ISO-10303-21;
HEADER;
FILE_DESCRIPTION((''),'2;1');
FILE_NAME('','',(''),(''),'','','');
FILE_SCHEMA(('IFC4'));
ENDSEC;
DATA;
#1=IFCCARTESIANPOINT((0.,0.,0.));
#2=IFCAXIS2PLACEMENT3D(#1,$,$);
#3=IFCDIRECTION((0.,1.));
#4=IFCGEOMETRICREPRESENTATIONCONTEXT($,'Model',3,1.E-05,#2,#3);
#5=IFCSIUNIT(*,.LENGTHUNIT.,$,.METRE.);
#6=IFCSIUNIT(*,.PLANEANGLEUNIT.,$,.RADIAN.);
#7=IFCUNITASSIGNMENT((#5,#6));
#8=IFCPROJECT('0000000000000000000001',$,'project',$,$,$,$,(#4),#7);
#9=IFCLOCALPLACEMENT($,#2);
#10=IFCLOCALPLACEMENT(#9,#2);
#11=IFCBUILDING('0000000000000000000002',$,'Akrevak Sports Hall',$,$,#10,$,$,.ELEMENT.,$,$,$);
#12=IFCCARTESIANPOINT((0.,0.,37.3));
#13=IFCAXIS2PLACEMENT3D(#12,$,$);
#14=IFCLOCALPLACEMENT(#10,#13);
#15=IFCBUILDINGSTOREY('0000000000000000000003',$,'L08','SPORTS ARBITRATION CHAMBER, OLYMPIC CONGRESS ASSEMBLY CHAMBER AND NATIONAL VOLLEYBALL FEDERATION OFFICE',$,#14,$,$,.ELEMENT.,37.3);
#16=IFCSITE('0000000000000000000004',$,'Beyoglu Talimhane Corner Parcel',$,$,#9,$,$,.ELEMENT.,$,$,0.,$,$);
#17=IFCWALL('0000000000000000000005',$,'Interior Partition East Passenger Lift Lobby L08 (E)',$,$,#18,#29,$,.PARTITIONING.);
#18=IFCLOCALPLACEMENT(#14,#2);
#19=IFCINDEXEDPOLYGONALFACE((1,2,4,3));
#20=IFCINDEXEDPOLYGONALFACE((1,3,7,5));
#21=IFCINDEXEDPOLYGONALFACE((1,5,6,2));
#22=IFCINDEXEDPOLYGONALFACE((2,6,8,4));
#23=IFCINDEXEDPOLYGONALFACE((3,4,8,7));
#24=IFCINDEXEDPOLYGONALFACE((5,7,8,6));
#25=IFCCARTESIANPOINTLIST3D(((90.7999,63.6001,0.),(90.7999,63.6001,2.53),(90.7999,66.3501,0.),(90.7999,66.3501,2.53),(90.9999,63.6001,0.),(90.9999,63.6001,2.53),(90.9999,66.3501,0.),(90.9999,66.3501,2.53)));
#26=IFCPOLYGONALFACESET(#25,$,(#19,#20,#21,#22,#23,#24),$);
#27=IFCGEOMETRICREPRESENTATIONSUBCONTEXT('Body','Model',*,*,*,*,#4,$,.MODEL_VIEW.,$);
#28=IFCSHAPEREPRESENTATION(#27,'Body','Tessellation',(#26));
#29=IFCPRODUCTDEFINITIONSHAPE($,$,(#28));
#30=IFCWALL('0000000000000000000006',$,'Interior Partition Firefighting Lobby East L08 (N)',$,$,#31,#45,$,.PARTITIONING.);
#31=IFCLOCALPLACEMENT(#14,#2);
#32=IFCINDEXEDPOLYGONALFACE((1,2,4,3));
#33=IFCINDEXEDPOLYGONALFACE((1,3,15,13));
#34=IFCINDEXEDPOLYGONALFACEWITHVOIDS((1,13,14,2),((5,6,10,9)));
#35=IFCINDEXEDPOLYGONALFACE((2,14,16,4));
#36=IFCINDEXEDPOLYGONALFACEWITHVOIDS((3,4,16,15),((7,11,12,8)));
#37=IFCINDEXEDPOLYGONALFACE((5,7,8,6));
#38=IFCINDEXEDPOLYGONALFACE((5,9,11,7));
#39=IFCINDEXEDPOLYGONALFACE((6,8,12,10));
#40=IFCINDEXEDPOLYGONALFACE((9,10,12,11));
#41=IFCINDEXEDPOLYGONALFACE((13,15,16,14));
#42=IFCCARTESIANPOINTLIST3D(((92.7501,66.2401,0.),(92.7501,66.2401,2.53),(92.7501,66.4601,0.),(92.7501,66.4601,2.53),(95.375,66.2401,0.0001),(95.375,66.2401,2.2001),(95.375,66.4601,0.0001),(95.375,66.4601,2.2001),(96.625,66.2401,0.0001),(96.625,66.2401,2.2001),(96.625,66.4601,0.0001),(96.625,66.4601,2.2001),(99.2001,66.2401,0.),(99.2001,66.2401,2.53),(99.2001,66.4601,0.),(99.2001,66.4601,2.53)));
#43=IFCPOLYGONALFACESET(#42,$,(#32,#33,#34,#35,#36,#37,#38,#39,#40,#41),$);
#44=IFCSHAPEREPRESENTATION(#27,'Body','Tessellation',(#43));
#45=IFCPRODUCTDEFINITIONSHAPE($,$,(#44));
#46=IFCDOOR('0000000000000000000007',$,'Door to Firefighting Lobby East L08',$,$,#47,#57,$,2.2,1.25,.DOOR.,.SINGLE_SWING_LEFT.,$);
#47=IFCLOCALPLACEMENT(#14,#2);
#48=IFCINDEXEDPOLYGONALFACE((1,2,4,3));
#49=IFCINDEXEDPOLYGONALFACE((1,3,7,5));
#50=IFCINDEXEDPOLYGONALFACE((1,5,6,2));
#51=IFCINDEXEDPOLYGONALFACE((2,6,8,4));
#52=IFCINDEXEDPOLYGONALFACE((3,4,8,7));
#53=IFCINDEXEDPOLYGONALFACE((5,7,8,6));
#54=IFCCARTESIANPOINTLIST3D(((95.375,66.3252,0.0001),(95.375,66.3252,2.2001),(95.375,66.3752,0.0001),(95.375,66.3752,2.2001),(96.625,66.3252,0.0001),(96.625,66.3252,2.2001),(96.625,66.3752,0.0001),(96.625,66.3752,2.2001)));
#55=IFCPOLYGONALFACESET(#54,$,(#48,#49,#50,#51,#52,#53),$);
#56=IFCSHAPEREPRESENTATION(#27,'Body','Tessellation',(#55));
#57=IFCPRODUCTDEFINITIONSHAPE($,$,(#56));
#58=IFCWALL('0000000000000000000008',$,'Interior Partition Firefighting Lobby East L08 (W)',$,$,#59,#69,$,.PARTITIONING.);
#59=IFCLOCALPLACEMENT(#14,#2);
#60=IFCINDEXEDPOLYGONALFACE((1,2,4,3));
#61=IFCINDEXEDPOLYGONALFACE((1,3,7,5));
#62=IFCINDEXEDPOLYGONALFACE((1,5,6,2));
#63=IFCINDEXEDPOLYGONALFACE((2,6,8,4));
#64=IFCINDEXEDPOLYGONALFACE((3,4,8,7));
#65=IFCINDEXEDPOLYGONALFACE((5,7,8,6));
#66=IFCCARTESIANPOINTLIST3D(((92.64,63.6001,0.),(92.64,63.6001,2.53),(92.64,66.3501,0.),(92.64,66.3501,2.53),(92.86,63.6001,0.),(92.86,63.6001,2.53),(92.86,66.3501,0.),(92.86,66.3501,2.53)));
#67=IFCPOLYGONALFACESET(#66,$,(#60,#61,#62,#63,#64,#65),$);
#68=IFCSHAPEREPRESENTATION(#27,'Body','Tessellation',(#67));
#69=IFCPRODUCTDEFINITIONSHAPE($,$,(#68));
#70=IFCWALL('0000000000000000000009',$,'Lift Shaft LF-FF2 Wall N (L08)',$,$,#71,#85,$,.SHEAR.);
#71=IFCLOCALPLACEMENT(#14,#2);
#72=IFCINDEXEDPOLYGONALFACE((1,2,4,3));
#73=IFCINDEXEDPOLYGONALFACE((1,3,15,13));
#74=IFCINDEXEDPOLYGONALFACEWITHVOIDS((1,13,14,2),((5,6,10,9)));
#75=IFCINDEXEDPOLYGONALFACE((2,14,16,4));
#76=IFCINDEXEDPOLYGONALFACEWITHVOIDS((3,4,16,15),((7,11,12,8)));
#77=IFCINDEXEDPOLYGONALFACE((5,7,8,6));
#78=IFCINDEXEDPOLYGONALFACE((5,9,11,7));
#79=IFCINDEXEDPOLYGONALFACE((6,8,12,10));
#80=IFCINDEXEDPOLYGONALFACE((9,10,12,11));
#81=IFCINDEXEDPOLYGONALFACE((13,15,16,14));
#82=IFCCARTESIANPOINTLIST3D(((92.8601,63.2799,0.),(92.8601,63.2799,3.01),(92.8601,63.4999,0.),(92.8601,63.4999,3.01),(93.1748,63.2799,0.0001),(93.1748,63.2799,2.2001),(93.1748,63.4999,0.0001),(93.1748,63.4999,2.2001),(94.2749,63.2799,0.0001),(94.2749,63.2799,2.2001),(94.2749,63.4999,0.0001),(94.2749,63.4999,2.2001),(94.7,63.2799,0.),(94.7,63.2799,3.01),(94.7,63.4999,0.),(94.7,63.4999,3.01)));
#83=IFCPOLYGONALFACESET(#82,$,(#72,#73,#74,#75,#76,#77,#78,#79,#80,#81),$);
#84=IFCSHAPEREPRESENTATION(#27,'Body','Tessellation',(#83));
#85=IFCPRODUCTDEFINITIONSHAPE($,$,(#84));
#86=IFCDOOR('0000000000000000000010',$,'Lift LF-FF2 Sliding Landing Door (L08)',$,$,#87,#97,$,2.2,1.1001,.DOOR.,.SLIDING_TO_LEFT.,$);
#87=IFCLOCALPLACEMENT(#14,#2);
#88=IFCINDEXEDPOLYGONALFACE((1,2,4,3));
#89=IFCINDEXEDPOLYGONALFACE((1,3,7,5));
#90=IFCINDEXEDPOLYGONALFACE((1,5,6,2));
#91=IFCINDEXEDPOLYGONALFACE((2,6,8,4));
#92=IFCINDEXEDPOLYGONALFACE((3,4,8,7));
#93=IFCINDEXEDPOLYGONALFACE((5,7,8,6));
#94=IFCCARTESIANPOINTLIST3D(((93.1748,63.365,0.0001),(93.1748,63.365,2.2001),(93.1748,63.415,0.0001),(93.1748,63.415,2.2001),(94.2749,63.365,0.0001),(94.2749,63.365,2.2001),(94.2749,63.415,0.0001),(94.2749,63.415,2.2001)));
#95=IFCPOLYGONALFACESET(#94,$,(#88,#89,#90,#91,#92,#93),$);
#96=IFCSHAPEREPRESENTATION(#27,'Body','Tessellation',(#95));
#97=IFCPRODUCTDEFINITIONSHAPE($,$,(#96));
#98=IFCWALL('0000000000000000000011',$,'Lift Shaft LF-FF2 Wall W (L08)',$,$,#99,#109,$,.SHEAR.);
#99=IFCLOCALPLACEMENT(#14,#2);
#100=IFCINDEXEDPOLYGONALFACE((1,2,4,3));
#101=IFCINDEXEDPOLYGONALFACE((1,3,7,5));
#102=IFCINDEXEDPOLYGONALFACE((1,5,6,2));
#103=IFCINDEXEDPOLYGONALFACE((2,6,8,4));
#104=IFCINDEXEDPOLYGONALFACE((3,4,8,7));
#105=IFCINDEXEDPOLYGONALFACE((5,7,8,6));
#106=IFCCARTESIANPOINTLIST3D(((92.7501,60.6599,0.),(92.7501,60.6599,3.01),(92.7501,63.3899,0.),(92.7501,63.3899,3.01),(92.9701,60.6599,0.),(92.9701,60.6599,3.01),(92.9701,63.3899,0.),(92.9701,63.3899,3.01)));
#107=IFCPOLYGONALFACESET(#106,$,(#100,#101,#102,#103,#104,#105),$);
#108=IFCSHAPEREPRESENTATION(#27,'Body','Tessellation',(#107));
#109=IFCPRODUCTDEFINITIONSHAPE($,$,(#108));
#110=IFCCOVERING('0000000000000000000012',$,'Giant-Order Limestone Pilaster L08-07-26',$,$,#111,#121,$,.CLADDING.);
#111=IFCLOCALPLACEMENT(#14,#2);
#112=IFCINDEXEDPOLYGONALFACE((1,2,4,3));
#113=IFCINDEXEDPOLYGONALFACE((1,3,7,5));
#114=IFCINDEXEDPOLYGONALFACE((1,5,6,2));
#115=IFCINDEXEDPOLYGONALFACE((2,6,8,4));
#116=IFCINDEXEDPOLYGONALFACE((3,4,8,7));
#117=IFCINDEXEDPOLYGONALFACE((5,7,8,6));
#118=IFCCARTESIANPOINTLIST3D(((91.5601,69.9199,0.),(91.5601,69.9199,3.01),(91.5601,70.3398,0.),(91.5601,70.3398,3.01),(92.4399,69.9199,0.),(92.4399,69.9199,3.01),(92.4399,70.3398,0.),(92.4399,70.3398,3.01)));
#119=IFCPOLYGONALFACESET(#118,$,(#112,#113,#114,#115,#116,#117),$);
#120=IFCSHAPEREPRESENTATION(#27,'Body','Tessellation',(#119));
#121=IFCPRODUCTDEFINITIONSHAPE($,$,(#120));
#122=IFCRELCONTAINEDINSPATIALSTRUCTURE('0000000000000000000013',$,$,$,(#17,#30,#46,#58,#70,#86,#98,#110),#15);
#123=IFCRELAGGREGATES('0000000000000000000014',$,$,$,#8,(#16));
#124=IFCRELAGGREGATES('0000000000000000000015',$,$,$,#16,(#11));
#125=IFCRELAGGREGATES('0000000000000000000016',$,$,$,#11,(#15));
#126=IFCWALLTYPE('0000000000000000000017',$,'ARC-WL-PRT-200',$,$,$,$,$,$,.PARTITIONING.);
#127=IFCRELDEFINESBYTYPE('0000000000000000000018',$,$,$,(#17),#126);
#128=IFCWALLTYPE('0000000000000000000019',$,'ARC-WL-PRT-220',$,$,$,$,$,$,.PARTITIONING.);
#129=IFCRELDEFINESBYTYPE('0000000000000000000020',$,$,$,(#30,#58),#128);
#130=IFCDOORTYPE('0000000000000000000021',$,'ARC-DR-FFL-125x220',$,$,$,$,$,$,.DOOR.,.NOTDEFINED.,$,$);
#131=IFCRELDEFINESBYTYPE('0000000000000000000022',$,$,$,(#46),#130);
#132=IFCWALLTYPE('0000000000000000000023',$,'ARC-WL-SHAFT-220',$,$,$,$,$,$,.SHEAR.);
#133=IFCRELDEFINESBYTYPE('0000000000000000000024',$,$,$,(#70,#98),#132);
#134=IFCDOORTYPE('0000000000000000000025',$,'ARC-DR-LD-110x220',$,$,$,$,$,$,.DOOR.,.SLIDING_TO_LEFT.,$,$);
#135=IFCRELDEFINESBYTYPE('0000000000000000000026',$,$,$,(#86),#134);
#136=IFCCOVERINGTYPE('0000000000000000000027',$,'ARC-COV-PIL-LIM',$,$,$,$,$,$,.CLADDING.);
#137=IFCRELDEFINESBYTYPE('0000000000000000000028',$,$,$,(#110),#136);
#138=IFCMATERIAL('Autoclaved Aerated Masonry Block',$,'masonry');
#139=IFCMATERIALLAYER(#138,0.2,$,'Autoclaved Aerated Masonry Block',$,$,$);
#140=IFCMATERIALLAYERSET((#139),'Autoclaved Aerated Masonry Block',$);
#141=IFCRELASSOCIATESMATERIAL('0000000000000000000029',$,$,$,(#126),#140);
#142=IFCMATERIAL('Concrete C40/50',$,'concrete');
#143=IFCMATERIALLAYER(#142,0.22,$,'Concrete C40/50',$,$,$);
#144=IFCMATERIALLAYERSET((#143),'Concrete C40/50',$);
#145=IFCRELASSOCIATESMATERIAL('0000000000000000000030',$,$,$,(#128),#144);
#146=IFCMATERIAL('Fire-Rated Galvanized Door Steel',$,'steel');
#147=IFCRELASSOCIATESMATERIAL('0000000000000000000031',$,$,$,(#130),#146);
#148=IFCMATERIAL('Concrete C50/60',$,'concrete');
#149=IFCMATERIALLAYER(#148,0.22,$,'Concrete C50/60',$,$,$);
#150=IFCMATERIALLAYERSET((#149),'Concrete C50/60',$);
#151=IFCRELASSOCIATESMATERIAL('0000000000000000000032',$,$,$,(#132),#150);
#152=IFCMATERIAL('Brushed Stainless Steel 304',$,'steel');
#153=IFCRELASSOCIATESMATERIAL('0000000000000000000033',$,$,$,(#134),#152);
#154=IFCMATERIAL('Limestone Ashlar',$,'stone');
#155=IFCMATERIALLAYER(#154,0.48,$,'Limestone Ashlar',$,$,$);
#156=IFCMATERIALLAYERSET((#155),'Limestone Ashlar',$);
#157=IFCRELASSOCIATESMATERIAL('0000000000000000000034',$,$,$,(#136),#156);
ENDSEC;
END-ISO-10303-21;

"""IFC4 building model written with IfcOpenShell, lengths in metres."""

from ifc_helpers import new_model, si_unit, direction, frame, frame_2d, origin, origin_2d, place, context, subcontext, project, spatial, rectangle, extrude, material, layer, layer_set, type_object, element, fill, save


model = new_model("IFC4")

# Units and contexts
model_context = context("Model", 3, precision=1e-05, world=origin(), true_north=direction((0.0, 1.0)))
body_context = subcontext(model_context, "Body", "Model", "MODEL_VIEW")
ifc_project = project(units=[si_unit("LENGTHUNIT", "METRE"), si_unit("PLANEANGLEUNIT", "RADIAN")], contexts=[model_context])

# Site, building, storey
site_placement = place(None, origin())
site = spatial("IfcSite", under=ifc_project, at=site_placement, Name="Beyoglu Talimhane Corner Parcel", CompositionType="ELEMENT", RefElevation=0.0)
building_placement = place(site_placement, origin())
building = spatial("IfcBuilding", under=site, at=building_placement, Name="Akrevak Sports Hall", CompositionType="ELEMENT")
storey_placement = place(building_placement, frame((0.0, 0.0, 37.3)))
storey = spatial("IfcBuildingStorey", under=building, at=storey_placement, Name="L08", Description="SPORTS ARBITRATION CHAMBER, OLYMPIC CONGRESS ASSEMBLY CHAMBER AND NATIONAL VOLLEYBALL FEDERATION OFFICE", CompositionType="ELEMENT", Elevation=37.3)

# Shared definitions
ifc_material_1 = material(Name="Concrete C40/50", Category="concrete")

# Shared definitions
ifc_material_2 = material(Name="Autoclaved Aerated Masonry Block", Category="masonry")
ifc_layer_1 = layer(ifc_material_2, 0.2, Name="Autoclaved Aerated Masonry Block")
ifc_layer_set_1 = layer_set([ifc_layer_1], Name="Autoclaved Aerated Masonry Block")
wall_type_1 = type_object("IfcWallType", Name="ARC-WL-PRT-200", PredefinedType="PARTITIONING", material=ifc_layer_set_1)

# Wall
wall_1_placement = place(storey_placement, frame((90.8999, 63.6001, 0.0), z_axis=(0.0, 0.0, 1.0), x_axis=(0.0, 1.0, 0.0)))
element("IfcWall", 1, at=wall_1_placement, inside=storey, type_object=wall_type_1, Name="Interior Partition East Passenger Lift Lobby L08 (E)", PredefinedType="PARTITIONING", context=body_context, shape_type="SweptSolid", body=[
    extrude(rectangle(XDim=2.75, YDim=0.2, at=frame_2d((1.375, 0.0))), origin(), (0.0, 0.0, 1.0), 2.53),
])

# Wall, opening, door
ifc_layer_2 = layer(ifc_material_1, 0.22, Name="Concrete C40/50")
ifc_layer_set_2 = layer_set([ifc_layer_2], Name="Concrete C40/50")
wall_type_2 = type_object("IfcWallType", Name="ARC-WL-PRT-220", PredefinedType="PARTITIONING", material=ifc_layer_set_2)
wall_2_placement = place(storey_placement, frame((92.75, 66.3501, 0.0), z_axis=(0.0, 0.0, 1.0), x_axis=(1.0, 0.0, 0.0)))
wall_2 = element("IfcWall", 2, at=wall_2_placement, inside=storey, type_object=wall_type_2, Name="Interior Partition Firefighting Lobby East L08 (N)", PredefinedType="PARTITIONING", context=body_context, shape_type="SweptSolid", body=[
    extrude(rectangle(XDim=6.45, YDim=0.22, at=frame_2d((3.2251, 0.0))), origin(), (0.0, 0.0, 1.0), 2.53),
])
opening_1_placement = place(wall_2_placement, frame((2.625, 0.0, 0.0)))
opening_1 = element("IfcOpeningElement", 3, at=opening_1_placement, cuts=wall_2, PredefinedType="OPENING", context=body_context, shape_type="SweptSolid", body=[
    extrude(rectangle(XDim=1.25, YDim=2.2, at=frame_2d((0.625, 1.1001))), frame((0.0, 0.1221, 0.0), z_axis=(0.0, -1.0, 0.0), x_axis=(1.0, 0.0, 0.0)), (0.0, 0.0, 1.0), 0.2439),
])
ifc_material_3 = material(Name="Fire-Rated Galvanized Door Steel", Category="steel")
door_type_1 = type_object("IfcDoorType", Name="ARC-DR-FFL-125x220", OperationType="NOTDEFINED", PredefinedType="DOOR", material=ifc_material_3)
door_1_placement = place(opening_1_placement, frame((1.25, 0.0, 0.0), z_axis=(0.0, 0.0, 1.0), x_axis=(-1.0, 0.0, 0.0)))
door_1 = element("IfcDoor", 4, at=door_1_placement, inside=storey, type_object=door_type_1, Name="Door to Firefighting Lobby East L08", OperationType="SINGLE_SWING_LEFT", OverallHeight=2.2, OverallWidth=1.25, PredefinedType="DOOR", context=body_context, shape_type="SweptSolid", body=[
    extrude(rectangle(XDim=1.25, YDim=2.2, at=frame_2d((0.625, 1.1001))), frame((0.0, 0.0249, 0.0), z_axis=(0.0, -1.0, 0.0), x_axis=(1.0, 0.0, 0.0)), (0.0, 0.0, 1.0), 0.05),
])
fill(opening_1, door_1)

# Wall
wall_3_placement = place(storey_placement, frame((92.75, 63.6001, 0.0), z_axis=(0.0, 0.0, 1.0), x_axis=(0.0, 1.0, 0.0)))
element("IfcWall", 5, at=wall_3_placement, inside=storey, type_object=wall_type_2, Name="Interior Partition Firefighting Lobby East L08 (W)", PredefinedType="PARTITIONING", context=body_context, shape_type="SweptSolid", body=[
    extrude(rectangle(XDim=2.75, YDim=0.22, at=frame_2d((1.375, 0.0))), origin(), (0.0, 0.0, 1.0), 2.53),
])

# Wall, opening, door
ifc_material_4 = material(Name="Concrete C50/60", Category="concrete")
ifc_layer_3 = layer(ifc_material_4, 0.22, Name="Concrete C50/60")
ifc_layer_set_3 = layer_set([ifc_layer_3], Name="Concrete C50/60")
wall_type_3 = type_object("IfcWallType", Name="ARC-WL-SHAFT-220", PredefinedType="SHEAR", material=ifc_layer_set_3)
wall_4_placement = place(storey_placement, frame((94.7, 63.3899, 0.0), z_axis=(0.0, 0.0, 1.0), x_axis=(-1.0, 0.0, 0.0)))
wall_4 = element("IfcWall", 6, at=wall_4_placement, inside=storey, type_object=wall_type_3, Name="Lift Shaft LF-FF2 Wall N (L08)", PredefinedType="SHEAR", context=body_context, shape_type="SweptSolid", body=[
    extrude(rectangle(XDim=1.8398, YDim=0.22, at=frame_2d((0.9199, 0.0))), origin(), (0.0, 0.0, 1.0), 3.01),
])
opening_2_placement = place(wall_4_placement, frame((0.425, 0.0, 0.0)))
opening_2 = element("IfcOpeningElement", 7, at=opening_2_placement, cuts=wall_4, PredefinedType="OPENING", context=body_context, shape_type="SweptSolid", body=[
    extrude(rectangle(XDim=1.1001, YDim=2.2, at=frame_2d((0.55, 1.1001))), frame((0.0, 0.1221, 0.0), z_axis=(0.0, -1.0, 0.0), x_axis=(1.0, 0.0, 0.0)), (0.0, 0.0, 1.0), 0.2439),
])
ifc_material_5 = material(Name="Brushed Stainless Steel 304", Category="steel")
door_type_2 = type_object("IfcDoorType", Name="ARC-DR-LD-110x220", OperationType="SLIDING_TO_LEFT", PredefinedType="DOOR", material=ifc_material_5)
door_2_placement = place(opening_2_placement, origin())
door_2 = element("IfcDoor", 8, at=door_2_placement, inside=storey, type_object=door_type_2, Name="Lift LF-FF2 Sliding Landing Door (L08)", OperationType="SLIDING_TO_LEFT", OverallHeight=2.2, OverallWidth=1.1001, PredefinedType="DOOR", context=body_context, shape_type="SweptSolid", body=[
    extrude(rectangle(XDim=1.1001, YDim=2.2, at=frame_2d((0.55, 1.1001))), frame((0.0, 0.0249, 0.0), z_axis=(0.0, -1.0, 0.0), x_axis=(1.0, 0.0, 0.0)), (0.0, 0.0, 1.0), 0.05),
])
fill(opening_2, door_2)

# Wall
wall_5_placement = place(storey_placement, frame((92.8601, 63.3899, 0.0), z_axis=(0.0, 0.0, 1.0), x_axis=(0.0, -1.0, 0.0)))
element("IfcWall", 9, at=wall_5_placement, inside=storey, type_object=wall_type_3, Name="Lift Shaft LF-FF2 Wall W (L08)", PredefinedType="SHEAR", context=body_context, shape_type="SweptSolid", body=[
    extrude(rectangle(XDim=2.73, YDim=0.22, at=frame_2d((1.365, 0.0))), origin(), (0.0, 0.0, 1.0), 3.01),
])

# Covering
ifc_material_6 = material(Name="Limestone Ashlar", Category="stone")
ifc_layer_4 = layer(ifc_material_6, 0.48, Name="Limestone Ashlar")
ifc_layer_set_4 = layer_set([ifc_layer_4], Name="Limestone Ashlar")
covering_type = type_object("IfcCoveringType", Name="ARC-COV-PIL-LIM", PredefinedType="CLADDING", material=ifc_layer_set_4)
covering_placement = place(storey_placement, frame((92.0, 70.1299, 0.0), z_axis=(0.0, 0.0, 1.0), x_axis=(-1.0, 0.0, 0.0)))
element("IfcCovering", 10, at=covering_placement, inside=storey, type_object=covering_type, Name="Giant-Order Limestone Pilaster L08-07-26", PredefinedType="CLADDING", context=body_context, shape_type="SweptSolid", body=[
    extrude(rectangle(XDim=0.8799, YDim=0.4199, at=origin_2d()), origin(), (0.0, 0.0, 1.0), 3.01),
])

save(model, "model.ifc")
